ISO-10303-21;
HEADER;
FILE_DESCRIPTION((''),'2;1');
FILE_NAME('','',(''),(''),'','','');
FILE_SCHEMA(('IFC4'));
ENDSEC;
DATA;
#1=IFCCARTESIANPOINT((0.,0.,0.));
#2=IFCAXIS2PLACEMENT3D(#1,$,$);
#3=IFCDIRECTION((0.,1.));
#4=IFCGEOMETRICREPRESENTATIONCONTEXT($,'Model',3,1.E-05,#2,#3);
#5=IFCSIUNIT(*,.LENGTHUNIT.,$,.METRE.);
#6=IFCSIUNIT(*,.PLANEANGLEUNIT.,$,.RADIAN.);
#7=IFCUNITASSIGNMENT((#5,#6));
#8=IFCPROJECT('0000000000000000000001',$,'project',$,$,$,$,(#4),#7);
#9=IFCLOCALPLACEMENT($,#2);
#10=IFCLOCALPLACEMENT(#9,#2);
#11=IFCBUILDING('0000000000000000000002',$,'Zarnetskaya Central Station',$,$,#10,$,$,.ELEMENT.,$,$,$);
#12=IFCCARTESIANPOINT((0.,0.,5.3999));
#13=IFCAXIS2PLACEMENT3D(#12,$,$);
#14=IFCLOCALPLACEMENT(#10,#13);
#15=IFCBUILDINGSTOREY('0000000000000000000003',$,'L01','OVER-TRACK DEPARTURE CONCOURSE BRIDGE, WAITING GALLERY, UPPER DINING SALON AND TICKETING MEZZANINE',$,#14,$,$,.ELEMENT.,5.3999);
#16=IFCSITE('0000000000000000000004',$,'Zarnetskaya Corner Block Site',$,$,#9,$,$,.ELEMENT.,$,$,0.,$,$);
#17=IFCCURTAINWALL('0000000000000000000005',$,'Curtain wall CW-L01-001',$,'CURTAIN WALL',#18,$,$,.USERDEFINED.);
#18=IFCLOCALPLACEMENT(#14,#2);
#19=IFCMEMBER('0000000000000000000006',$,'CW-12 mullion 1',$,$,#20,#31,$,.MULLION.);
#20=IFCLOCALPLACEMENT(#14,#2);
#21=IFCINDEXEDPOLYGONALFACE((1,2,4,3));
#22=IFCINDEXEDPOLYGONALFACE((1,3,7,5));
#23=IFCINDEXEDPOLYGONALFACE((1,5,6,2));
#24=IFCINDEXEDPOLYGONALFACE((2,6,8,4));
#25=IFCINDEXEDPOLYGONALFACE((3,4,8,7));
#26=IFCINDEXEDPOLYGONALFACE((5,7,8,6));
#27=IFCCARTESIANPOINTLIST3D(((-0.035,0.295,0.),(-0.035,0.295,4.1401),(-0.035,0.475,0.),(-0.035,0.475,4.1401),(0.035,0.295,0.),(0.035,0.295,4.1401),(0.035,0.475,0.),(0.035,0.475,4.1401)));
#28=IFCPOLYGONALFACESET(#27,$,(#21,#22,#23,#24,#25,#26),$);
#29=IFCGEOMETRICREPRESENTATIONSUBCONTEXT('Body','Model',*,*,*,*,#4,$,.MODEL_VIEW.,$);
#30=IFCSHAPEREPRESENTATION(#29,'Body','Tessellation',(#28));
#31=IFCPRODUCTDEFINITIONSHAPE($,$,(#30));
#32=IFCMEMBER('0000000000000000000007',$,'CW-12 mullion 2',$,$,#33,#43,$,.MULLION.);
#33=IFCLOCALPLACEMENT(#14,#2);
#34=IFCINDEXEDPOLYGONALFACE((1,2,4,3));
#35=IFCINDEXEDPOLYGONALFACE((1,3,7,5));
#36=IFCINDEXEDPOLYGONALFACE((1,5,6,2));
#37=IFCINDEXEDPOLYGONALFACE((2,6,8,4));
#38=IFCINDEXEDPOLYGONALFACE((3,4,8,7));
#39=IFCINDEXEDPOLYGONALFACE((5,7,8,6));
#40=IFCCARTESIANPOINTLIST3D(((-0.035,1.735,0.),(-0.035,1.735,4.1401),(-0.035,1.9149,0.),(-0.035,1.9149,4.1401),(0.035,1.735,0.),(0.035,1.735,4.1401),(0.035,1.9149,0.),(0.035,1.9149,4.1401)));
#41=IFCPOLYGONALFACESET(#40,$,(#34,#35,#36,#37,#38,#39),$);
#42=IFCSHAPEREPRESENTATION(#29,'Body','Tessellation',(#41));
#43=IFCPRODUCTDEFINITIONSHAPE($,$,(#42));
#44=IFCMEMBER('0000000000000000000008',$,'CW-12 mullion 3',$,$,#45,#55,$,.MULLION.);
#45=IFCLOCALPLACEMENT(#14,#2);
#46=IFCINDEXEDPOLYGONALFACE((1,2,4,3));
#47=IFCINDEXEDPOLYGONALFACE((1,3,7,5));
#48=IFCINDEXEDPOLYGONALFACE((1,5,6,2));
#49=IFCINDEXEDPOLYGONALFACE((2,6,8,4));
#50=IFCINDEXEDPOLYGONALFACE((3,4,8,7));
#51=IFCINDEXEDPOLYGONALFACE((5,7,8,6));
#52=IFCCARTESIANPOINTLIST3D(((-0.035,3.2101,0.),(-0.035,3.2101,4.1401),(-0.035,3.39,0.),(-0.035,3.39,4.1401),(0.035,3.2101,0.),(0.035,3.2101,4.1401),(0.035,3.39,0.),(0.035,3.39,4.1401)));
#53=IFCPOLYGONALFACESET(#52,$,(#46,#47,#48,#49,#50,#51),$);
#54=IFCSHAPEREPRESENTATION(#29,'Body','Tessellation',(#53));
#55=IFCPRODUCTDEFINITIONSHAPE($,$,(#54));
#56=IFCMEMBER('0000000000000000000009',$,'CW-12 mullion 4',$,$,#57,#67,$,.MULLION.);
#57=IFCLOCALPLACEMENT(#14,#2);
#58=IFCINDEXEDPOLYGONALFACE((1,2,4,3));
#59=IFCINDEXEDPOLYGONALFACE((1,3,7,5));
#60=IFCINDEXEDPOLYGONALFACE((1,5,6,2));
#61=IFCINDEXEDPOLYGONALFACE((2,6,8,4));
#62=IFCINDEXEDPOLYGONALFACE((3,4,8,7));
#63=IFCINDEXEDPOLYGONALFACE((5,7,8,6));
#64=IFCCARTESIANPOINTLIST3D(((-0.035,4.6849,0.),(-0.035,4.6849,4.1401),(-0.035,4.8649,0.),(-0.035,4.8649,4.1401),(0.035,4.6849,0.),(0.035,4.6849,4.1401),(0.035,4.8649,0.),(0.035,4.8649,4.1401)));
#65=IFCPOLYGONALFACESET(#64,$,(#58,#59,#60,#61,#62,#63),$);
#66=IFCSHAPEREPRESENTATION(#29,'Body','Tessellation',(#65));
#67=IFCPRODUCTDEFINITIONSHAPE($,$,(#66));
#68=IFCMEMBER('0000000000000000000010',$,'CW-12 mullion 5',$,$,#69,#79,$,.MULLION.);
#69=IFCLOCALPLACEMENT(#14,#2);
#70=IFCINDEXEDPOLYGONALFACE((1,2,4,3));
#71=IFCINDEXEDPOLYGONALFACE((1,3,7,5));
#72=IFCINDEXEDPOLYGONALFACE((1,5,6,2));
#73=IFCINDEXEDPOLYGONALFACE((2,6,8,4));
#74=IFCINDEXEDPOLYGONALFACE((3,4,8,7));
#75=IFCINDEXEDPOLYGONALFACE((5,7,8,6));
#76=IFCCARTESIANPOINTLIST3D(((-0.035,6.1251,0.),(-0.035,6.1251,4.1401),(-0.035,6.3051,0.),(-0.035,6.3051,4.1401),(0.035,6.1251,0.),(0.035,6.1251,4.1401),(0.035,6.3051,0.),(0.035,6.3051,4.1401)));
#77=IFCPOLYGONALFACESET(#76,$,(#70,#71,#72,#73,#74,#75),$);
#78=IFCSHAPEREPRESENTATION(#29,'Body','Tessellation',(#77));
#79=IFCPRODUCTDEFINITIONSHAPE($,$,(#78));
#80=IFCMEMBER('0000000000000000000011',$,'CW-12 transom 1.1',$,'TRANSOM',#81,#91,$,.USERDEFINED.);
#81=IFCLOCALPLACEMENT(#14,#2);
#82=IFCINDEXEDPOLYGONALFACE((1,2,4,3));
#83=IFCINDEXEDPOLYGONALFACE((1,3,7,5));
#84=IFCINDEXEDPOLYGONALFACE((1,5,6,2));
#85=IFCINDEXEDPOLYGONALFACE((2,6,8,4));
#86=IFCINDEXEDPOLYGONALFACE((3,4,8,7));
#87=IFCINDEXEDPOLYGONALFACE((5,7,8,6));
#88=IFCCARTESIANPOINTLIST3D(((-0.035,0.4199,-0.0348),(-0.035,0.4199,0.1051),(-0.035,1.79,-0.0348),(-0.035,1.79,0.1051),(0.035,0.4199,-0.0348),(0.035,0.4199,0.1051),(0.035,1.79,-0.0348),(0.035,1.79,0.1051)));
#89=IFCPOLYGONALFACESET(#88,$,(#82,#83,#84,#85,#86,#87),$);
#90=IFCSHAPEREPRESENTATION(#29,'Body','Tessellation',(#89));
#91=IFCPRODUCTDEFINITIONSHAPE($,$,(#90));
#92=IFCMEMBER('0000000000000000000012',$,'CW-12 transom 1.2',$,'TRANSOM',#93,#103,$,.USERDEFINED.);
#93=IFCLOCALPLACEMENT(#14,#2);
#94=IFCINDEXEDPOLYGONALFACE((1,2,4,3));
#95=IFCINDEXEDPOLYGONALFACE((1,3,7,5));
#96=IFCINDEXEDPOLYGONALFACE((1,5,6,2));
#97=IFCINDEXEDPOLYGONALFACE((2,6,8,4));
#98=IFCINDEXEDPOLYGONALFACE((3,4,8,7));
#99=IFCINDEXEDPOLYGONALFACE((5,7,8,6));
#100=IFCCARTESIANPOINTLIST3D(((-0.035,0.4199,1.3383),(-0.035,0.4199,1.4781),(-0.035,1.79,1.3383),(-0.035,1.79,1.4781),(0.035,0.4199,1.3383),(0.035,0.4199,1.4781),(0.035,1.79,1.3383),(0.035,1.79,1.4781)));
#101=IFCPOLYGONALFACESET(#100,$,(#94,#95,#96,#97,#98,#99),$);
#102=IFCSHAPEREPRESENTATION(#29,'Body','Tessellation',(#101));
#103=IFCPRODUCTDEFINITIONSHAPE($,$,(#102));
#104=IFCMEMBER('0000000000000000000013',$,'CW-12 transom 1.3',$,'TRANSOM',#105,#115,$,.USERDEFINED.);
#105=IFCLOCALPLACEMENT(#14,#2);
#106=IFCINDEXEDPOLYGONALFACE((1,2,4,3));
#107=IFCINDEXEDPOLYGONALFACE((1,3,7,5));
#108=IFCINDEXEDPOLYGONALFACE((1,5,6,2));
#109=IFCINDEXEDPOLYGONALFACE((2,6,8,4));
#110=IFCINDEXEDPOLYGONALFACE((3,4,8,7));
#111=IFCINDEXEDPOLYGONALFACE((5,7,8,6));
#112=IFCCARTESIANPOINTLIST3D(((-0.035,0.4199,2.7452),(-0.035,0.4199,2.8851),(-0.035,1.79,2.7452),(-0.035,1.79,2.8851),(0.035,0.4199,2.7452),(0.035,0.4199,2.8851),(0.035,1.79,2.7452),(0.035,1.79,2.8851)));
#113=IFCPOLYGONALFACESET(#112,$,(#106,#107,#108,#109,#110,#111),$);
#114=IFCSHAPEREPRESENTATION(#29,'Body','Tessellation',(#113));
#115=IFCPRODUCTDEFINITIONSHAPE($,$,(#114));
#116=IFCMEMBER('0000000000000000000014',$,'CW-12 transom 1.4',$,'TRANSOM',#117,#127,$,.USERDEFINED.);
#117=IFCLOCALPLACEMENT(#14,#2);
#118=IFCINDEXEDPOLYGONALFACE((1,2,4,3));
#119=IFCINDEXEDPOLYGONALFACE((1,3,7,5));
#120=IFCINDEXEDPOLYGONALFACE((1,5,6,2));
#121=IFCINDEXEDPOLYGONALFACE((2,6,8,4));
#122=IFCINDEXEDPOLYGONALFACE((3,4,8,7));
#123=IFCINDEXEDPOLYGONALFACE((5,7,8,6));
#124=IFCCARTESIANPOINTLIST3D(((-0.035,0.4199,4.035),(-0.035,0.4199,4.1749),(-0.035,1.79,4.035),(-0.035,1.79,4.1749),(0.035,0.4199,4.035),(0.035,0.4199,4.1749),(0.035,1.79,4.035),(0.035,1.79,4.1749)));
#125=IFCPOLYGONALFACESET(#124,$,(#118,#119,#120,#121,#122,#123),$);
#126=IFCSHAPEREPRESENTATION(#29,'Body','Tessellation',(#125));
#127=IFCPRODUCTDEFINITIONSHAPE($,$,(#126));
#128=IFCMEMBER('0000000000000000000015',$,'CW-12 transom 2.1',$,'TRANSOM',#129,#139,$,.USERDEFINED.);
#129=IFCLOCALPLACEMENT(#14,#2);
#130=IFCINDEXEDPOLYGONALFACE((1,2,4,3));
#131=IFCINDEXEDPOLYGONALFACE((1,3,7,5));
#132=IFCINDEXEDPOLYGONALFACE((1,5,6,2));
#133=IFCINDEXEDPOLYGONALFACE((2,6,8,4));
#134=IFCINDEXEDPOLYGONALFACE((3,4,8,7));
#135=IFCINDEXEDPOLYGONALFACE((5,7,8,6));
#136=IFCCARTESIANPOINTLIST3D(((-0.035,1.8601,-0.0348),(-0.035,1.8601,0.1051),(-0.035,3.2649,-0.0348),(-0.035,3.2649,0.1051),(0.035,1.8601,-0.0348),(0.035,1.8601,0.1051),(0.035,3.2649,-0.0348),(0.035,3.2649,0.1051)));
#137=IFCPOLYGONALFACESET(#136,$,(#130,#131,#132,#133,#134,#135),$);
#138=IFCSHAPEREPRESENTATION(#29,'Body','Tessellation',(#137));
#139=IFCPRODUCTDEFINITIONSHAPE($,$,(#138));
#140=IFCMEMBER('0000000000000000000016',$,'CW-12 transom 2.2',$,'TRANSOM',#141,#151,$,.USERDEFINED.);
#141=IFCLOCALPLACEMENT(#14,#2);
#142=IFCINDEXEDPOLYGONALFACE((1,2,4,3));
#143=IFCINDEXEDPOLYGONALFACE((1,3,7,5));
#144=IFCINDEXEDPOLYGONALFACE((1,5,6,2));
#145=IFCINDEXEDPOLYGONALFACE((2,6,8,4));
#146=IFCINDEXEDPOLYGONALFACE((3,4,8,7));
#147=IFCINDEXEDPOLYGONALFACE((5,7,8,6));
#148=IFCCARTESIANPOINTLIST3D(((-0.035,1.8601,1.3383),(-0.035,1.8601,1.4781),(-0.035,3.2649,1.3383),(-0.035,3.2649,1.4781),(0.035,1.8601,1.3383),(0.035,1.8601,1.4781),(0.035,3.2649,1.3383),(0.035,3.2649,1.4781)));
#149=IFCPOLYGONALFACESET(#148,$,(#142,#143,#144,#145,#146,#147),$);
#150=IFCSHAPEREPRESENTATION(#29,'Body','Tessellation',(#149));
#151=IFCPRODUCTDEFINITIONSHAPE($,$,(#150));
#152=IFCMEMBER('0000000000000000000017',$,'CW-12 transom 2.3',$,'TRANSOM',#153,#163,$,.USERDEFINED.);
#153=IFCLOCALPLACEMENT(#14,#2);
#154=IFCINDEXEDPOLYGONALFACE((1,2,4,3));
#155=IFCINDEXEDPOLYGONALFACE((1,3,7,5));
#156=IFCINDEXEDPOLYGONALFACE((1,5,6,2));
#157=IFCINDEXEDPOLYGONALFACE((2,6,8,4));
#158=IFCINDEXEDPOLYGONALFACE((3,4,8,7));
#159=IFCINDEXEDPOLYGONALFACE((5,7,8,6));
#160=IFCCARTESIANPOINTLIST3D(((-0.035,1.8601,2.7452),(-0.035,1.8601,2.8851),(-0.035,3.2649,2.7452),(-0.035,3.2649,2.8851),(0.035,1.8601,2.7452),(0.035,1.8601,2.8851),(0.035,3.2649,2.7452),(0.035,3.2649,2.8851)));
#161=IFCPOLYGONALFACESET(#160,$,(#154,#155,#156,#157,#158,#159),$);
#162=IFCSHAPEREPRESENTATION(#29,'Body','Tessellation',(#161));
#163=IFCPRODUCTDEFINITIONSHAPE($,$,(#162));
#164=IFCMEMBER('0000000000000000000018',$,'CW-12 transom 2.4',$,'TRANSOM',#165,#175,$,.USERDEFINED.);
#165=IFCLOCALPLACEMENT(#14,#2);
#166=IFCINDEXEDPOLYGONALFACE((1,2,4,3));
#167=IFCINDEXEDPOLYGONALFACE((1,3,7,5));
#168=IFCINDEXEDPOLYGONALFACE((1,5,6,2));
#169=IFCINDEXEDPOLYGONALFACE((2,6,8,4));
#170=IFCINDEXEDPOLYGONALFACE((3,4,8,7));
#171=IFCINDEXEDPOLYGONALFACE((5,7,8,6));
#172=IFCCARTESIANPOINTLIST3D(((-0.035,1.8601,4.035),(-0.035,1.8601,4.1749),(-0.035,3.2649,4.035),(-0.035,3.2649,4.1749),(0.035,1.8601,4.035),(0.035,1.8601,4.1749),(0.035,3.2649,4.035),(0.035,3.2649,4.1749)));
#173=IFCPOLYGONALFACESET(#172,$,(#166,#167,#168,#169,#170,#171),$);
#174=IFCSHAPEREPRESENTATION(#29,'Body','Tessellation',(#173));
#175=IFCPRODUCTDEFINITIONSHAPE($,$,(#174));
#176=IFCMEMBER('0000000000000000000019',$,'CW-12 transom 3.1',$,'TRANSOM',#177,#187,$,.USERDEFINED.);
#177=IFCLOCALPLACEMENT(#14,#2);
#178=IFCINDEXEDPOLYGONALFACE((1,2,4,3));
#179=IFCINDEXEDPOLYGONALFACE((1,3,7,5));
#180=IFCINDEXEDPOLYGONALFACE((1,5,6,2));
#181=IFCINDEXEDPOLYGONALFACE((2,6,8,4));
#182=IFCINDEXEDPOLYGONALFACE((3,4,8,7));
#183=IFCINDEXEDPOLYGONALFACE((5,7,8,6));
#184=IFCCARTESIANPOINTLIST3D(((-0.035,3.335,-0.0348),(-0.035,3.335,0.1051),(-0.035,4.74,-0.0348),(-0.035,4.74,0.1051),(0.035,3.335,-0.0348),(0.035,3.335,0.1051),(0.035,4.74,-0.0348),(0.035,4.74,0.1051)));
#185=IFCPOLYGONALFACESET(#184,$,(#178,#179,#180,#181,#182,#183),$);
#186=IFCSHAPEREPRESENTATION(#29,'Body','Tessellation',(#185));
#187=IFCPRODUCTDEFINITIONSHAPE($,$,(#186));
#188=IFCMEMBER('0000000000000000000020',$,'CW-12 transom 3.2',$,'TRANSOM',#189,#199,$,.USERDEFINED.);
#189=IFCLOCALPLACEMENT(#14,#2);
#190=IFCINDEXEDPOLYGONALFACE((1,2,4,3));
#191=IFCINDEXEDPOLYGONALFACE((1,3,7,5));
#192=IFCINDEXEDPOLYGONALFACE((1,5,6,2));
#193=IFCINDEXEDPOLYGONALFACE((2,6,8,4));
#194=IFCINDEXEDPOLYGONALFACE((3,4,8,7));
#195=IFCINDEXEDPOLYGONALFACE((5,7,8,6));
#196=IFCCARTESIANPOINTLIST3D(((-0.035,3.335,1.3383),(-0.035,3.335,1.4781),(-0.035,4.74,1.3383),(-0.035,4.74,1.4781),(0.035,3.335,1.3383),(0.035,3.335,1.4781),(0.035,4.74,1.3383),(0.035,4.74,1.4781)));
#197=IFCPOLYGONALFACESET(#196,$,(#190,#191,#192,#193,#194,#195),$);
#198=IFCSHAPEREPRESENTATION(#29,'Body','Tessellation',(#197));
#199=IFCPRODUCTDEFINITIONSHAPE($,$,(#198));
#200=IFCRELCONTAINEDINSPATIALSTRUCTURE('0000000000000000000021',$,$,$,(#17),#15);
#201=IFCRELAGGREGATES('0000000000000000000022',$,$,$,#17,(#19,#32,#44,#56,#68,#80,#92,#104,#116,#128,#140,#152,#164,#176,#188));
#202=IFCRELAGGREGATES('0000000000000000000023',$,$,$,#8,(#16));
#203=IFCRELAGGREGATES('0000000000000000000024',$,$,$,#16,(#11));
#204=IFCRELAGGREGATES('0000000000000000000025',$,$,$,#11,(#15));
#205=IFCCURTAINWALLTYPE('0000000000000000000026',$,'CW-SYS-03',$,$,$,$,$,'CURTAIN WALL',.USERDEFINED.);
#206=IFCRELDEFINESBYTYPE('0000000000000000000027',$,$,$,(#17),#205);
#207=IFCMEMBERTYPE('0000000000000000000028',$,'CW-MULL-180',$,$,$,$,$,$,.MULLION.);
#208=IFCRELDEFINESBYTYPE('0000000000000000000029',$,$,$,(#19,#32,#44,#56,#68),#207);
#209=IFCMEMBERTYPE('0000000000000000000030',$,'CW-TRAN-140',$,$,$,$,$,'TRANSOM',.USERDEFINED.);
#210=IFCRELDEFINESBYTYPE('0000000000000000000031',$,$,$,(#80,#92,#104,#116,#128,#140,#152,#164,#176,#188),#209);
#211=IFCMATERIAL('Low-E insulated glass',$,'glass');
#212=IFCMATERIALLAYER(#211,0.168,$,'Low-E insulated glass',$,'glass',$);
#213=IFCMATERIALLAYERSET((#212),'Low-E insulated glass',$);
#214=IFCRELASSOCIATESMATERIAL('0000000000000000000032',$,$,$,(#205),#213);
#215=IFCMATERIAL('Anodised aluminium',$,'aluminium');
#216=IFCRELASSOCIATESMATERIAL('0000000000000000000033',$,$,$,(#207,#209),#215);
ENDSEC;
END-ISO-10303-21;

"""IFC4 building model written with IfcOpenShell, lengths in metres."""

from ifc_helpers import new_model, si_unit, direction, frame, origin, origin_2d, place, context, subcontext, project, spatial, rectangle, extrude, material, layer, layer_set, material_profile, profile_set, type_object, element, aggregate, save


model = new_model("IFC4")

# Units and contexts
model_context = context("Model", 3, precision=1e-05, world=origin(), true_north=direction((0.0, 1.0)))
body_context = subcontext(model_context, "Body", "Model", "MODEL_VIEW")
ifc_project = project(units=[si_unit("LENGTHUNIT", "METRE"), si_unit("PLANEANGLEUNIT", "RADIAN")], contexts=[model_context])

# Site, building, storey
site_placement = place(None, origin())
site = spatial("IfcSite", under=ifc_project, at=site_placement, Name="Zarnetskaya Corner Block Site", CompositionType="ELEMENT", RefElevation=0.0)
building_placement = place(site_placement, origin())
building = spatial("IfcBuilding", under=site, at=building_placement, Name="Zarnetskaya Central Station", CompositionType="ELEMENT")
storey_placement = place(building_placement, frame((0.0, 0.0, 5.3999)))
storey = spatial("IfcBuildingStorey", under=building, at=storey_placement, Name="L01", Description="OVER-TRACK DEPARTURE CONCOURSE BRIDGE, WAITING GALLERY, UPPER DINING SALON AND TICKETING MEZZANINE", CompositionType="ELEMENT", Elevation=5.3999)

# Curtain wall, members
ifc_material_1 = material(Name="Low-E insulated glass", Category="glass")
ifc_layer_1 = layer(ifc_material_1, 0.168, Name="Low-E insulated glass", Category="glass")
ifc_layer_set_1 = layer_set([ifc_layer_1], Name="Low-E insulated glass")
curtain_wall_type = type_object("IfcCurtainWallType", Name="CW-SYS-03", ElementType="CURTAIN WALL", PredefinedType="USERDEFINED", material=ifc_layer_set_1)
curtain_wall_placement = place(storey_placement, origin())
curtain_wall = element("IfcCurtainWall", 1, at=curtain_wall_placement, inside=storey, type_object=curtain_wall_type, Name="Curtain wall CW-L01-001", ObjectType="CURTAIN WALL", PredefinedType="USERDEFINED")
ifc_material_2 = material(Name="Anodised aluminium", Category="aluminium")
ifc_material_profile_1 = material_profile(ifc_material_2, rectangle(XDim=0.0701, YDim=0.1799, at=origin_2d()), Name="ALU MULL 70x180")
ifc_profile_set_1 = profile_set([ifc_material_profile_1], Name="Anodised aluminium")
member_type_1 = type_object("IfcMemberType", Name="CW-MULL-180", PredefinedType="MULLION", material=ifc_profile_set_1)
member_1_placement = place(storey_placement, frame((0.0, 0.385, 0.0), z_axis=(0.0, 0.0, 1.0), x_axis=(-1.0, 0.0, 0.0)))
member_1 = element("IfcMember", 2, at=member_1_placement, type_object=member_type_1, Name="CW-12 mullion 1", PredefinedType="MULLION", context=body_context, shape_type="SweptSolid", body=[
    extrude(rectangle(XDim=0.0701, YDim=0.1799, at=origin_2d()), origin(), (0.0, 0.0, 1.0), 4.1401),
])
member_2_placement = place(storey_placement, frame((0.0, 1.825, 0.0), z_axis=(0.0, 0.0, 1.0), x_axis=(-1.0, 0.0, 0.0)))
member_2 = element("IfcMember", 3, at=member_2_placement, type_object=member_type_1, Name="CW-12 mullion 2", PredefinedType="MULLION", context=body_context, shape_type="SweptSolid", body=[
    extrude(rectangle(XDim=0.0701, YDim=0.1799, at=origin_2d()), origin(), (0.0, 0.0, 1.0), 4.1401),
])
member_3_placement = place(storey_placement, frame((0.0, 3.3, 0.0), z_axis=(0.0, 0.0, 1.0), x_axis=(-1.0, 0.0, 0.0)))
member_3 = element("IfcMember", 4, at=member_3_placement, type_object=member_type_1, Name="CW-12 mullion 3", PredefinedType="MULLION", context=body_context, shape_type="SweptSolid", body=[
    extrude(rectangle(XDim=0.0701, YDim=0.1799, at=origin_2d()), origin(), (0.0, 0.0, 1.0), 4.1401),
])
member_4_placement = place(storey_placement, frame((0.0, 4.7749, 0.0), z_axis=(0.0, 0.0, 1.0), x_axis=(-1.0, 0.0, 0.0)))
member_4 = element("IfcMember", 5, at=member_4_placement, type_object=member_type_1, Name="CW-12 mullion 4", PredefinedType="MULLION", context=body_context, shape_type="SweptSolid", body=[
    extrude(rectangle(XDim=0.0701, YDim=0.1799, at=origin_2d()), origin(), (0.0, 0.0, 1.0), 4.1401),
])
member_5_placement = place(storey_placement, frame((0.0, 6.2151, 0.0), z_axis=(0.0, 0.0, 1.0), x_axis=(-1.0, 0.0, 0.0)))
member_5 = element("IfcMember", 6, at=member_5_placement, type_object=member_type_1, Name="CW-12 mullion 5", PredefinedType="MULLION", context=body_context, shape_type="SweptSolid", body=[
    extrude(rectangle(XDim=0.0701, YDim=0.1799, at=origin_2d()), origin(), (0.0, 0.0, 1.0), 4.1401),
])
ifc_material_profile_2 = material_profile(ifc_material_2, rectangle(XDim=0.0701, YDim=0.1399, at=origin_2d()), Name="ALU TRAN 70x140")
ifc_profile_set_2 = profile_set([ifc_material_profile_2], Name="Anodised aluminium")
member_type_2 = type_object("IfcMemberType", Name="CW-TRAN-140", ElementType="TRANSOM", PredefinedType="USERDEFINED", material=ifc_profile_set_2)
member_6_placement = place(storey_placement, frame((0.0, 0.4199, 0.0352), z_axis=(0.0, 1.0, 0.0), x_axis=(-1.0, 0.0, 0.0)))
member_6 = element("IfcMember", 7, at=member_6_placement, type_object=member_type_2, Name="CW-12 transom 1.1", ObjectType="TRANSOM", PredefinedType="USERDEFINED", context=body_context, shape_type="SweptSolid", body=[
    extrude(rectangle(XDim=0.0701, YDim=0.1399, at=origin_2d()), origin(), (0.0, 0.0, 1.0), 1.3701),
])
member_7_placement = place(storey_placement, frame((0.0, 0.4199, 1.4082), z_axis=(0.0, 1.0, 0.0), x_axis=(-1.0, 0.0, 0.0)))
member_7 = element("IfcMember", 8, at=member_7_placement, type_object=member_type_2, Name="CW-12 transom 1.2", ObjectType="TRANSOM", PredefinedType="USERDEFINED", context=body_context, shape_type="SweptSolid", body=[
    extrude(rectangle(XDim=0.0701, YDim=0.1399, at=origin_2d()), origin(), (0.0, 0.0, 1.0), 1.3701),
])
member_8_placement = place(storey_placement, frame((0.0, 0.4199, 2.8152), z_axis=(0.0, 1.0, 0.0), x_axis=(-1.0, 0.0, 0.0)))
member_8 = element("IfcMember", 9, at=member_8_placement, type_object=member_type_2, Name="CW-12 transom 1.3", ObjectType="TRANSOM", PredefinedType="USERDEFINED", context=body_context, shape_type="SweptSolid", body=[
    extrude(rectangle(XDim=0.0701, YDim=0.1399, at=origin_2d()), origin(), (0.0, 0.0, 1.0), 1.3701),
])
member_9_placement = place(storey_placement, frame((0.0, 0.4199, 4.105), z_axis=(0.0, 1.0, 0.0), x_axis=(-1.0, 0.0, 0.0)))
member_9 = element("IfcMember", 10, at=member_9_placement, type_object=member_type_2, Name="CW-12 transom 1.4", ObjectType="TRANSOM", PredefinedType="USERDEFINED", context=body_context, shape_type="SweptSolid", body=[
    extrude(rectangle(XDim=0.0701, YDim=0.1399, at=origin_2d()), origin(), (0.0, 0.0, 1.0), 1.3701),
])
member_10_placement = place(storey_placement, frame((0.0, 1.8601, 0.0352), z_axis=(0.0, 1.0, 0.0), x_axis=(-1.0, 0.0, 0.0)))
member_10 = element("IfcMember", 11, at=member_10_placement, type_object=member_type_2, Name="CW-12 transom 2.1", ObjectType="TRANSOM", PredefinedType="USERDEFINED", context=body_context, shape_type="SweptSolid", body=[
    extrude(rectangle(XDim=0.0701, YDim=0.1399, at=origin_2d()), origin(), (0.0, 0.0, 1.0), 1.4048),
])
member_11_placement = place(storey_placement, frame((0.0, 1.8601, 1.4082), z_axis=(0.0, 1.0, 0.0), x_axis=(-1.0, 0.0, 0.0)))
member_11 = element("IfcMember", 12, at=member_11_placement, type_object=member_type_2, Name="CW-12 transom 2.2", ObjectType="TRANSOM", PredefinedType="USERDEFINED", context=body_context, shape_type="SweptSolid", body=[
    extrude(rectangle(XDim=0.0701, YDim=0.1399, at=origin_2d()), origin(), (0.0, 0.0, 1.0), 1.4048),
])
member_12_placement = place(storey_placement, frame((0.0, 1.8601, 2.8152), z_axis=(0.0, 1.0, 0.0), x_axis=(-1.0, 0.0, 0.0)))
member_12 = element("IfcMember", 13, at=member_12_placement, type_object=member_type_2, Name="CW-12 transom 2.3", ObjectType="TRANSOM", PredefinedType="USERDEFINED", context=body_context, shape_type="SweptSolid", body=[
    extrude(rectangle(XDim=0.0701, YDim=0.1399, at=origin_2d()), origin(), (0.0, 0.0, 1.0), 1.4048),
])
member_13_placement = place(storey_placement, frame((0.0, 1.8601, 4.105), z_axis=(0.0, 1.0, 0.0), x_axis=(-1.0, 0.0, 0.0)))
member_13 = element("IfcMember", 14, at=member_13_placement, type_object=member_type_2, Name="CW-12 transom 2.4", ObjectType="TRANSOM", PredefinedType="USERDEFINED", context=body_context, shape_type="SweptSolid", body=[
    extrude(rectangle(XDim=0.0701, YDim=0.1399, at=origin_2d()), origin(), (0.0, 0.0, 1.0), 1.4048),
])
member_14_placement = place(storey_placement, frame((0.0, 3.335, 0.0352), z_axis=(0.0, 1.0, 0.0), x_axis=(-1.0, 0.0, 0.0)))
member_14 = element("IfcMember", 15, at=member_14_placement, type_object=member_type_2, Name="CW-12 transom 3.1", ObjectType="TRANSOM", PredefinedType="USERDEFINED", context=body_context, shape_type="SweptSolid", body=[
    extrude(rectangle(XDim=0.0701, YDim=0.1399, at=origin_2d()), origin(), (0.0, 0.0, 1.0), 1.405),
])
member_15_placement = place(storey_placement, frame((0.0, 3.335, 1.4082), z_axis=(0.0, 1.0, 0.0), x_axis=(-1.0, 0.0, 0.0)))
member_15 = element("IfcMember", 16, at=member_15_placement, type_object=member_type_2, Name="CW-12 transom 3.2", ObjectType="TRANSOM", PredefinedType="USERDEFINED", context=body_context, shape_type="SweptSolid", body=[
    extrude(rectangle(XDim=0.0701, YDim=0.1399, at=origin_2d()), origin(), (0.0, 0.0, 1.0), 1.405),
])
aggregate(curtain_wall, [member_1, member_2, member_3, member_4, member_5, member_6, member_7, member_8, member_9, member_10, member_11, member_12, member_13, member_14, member_15])

save(model, "model.ifc")
